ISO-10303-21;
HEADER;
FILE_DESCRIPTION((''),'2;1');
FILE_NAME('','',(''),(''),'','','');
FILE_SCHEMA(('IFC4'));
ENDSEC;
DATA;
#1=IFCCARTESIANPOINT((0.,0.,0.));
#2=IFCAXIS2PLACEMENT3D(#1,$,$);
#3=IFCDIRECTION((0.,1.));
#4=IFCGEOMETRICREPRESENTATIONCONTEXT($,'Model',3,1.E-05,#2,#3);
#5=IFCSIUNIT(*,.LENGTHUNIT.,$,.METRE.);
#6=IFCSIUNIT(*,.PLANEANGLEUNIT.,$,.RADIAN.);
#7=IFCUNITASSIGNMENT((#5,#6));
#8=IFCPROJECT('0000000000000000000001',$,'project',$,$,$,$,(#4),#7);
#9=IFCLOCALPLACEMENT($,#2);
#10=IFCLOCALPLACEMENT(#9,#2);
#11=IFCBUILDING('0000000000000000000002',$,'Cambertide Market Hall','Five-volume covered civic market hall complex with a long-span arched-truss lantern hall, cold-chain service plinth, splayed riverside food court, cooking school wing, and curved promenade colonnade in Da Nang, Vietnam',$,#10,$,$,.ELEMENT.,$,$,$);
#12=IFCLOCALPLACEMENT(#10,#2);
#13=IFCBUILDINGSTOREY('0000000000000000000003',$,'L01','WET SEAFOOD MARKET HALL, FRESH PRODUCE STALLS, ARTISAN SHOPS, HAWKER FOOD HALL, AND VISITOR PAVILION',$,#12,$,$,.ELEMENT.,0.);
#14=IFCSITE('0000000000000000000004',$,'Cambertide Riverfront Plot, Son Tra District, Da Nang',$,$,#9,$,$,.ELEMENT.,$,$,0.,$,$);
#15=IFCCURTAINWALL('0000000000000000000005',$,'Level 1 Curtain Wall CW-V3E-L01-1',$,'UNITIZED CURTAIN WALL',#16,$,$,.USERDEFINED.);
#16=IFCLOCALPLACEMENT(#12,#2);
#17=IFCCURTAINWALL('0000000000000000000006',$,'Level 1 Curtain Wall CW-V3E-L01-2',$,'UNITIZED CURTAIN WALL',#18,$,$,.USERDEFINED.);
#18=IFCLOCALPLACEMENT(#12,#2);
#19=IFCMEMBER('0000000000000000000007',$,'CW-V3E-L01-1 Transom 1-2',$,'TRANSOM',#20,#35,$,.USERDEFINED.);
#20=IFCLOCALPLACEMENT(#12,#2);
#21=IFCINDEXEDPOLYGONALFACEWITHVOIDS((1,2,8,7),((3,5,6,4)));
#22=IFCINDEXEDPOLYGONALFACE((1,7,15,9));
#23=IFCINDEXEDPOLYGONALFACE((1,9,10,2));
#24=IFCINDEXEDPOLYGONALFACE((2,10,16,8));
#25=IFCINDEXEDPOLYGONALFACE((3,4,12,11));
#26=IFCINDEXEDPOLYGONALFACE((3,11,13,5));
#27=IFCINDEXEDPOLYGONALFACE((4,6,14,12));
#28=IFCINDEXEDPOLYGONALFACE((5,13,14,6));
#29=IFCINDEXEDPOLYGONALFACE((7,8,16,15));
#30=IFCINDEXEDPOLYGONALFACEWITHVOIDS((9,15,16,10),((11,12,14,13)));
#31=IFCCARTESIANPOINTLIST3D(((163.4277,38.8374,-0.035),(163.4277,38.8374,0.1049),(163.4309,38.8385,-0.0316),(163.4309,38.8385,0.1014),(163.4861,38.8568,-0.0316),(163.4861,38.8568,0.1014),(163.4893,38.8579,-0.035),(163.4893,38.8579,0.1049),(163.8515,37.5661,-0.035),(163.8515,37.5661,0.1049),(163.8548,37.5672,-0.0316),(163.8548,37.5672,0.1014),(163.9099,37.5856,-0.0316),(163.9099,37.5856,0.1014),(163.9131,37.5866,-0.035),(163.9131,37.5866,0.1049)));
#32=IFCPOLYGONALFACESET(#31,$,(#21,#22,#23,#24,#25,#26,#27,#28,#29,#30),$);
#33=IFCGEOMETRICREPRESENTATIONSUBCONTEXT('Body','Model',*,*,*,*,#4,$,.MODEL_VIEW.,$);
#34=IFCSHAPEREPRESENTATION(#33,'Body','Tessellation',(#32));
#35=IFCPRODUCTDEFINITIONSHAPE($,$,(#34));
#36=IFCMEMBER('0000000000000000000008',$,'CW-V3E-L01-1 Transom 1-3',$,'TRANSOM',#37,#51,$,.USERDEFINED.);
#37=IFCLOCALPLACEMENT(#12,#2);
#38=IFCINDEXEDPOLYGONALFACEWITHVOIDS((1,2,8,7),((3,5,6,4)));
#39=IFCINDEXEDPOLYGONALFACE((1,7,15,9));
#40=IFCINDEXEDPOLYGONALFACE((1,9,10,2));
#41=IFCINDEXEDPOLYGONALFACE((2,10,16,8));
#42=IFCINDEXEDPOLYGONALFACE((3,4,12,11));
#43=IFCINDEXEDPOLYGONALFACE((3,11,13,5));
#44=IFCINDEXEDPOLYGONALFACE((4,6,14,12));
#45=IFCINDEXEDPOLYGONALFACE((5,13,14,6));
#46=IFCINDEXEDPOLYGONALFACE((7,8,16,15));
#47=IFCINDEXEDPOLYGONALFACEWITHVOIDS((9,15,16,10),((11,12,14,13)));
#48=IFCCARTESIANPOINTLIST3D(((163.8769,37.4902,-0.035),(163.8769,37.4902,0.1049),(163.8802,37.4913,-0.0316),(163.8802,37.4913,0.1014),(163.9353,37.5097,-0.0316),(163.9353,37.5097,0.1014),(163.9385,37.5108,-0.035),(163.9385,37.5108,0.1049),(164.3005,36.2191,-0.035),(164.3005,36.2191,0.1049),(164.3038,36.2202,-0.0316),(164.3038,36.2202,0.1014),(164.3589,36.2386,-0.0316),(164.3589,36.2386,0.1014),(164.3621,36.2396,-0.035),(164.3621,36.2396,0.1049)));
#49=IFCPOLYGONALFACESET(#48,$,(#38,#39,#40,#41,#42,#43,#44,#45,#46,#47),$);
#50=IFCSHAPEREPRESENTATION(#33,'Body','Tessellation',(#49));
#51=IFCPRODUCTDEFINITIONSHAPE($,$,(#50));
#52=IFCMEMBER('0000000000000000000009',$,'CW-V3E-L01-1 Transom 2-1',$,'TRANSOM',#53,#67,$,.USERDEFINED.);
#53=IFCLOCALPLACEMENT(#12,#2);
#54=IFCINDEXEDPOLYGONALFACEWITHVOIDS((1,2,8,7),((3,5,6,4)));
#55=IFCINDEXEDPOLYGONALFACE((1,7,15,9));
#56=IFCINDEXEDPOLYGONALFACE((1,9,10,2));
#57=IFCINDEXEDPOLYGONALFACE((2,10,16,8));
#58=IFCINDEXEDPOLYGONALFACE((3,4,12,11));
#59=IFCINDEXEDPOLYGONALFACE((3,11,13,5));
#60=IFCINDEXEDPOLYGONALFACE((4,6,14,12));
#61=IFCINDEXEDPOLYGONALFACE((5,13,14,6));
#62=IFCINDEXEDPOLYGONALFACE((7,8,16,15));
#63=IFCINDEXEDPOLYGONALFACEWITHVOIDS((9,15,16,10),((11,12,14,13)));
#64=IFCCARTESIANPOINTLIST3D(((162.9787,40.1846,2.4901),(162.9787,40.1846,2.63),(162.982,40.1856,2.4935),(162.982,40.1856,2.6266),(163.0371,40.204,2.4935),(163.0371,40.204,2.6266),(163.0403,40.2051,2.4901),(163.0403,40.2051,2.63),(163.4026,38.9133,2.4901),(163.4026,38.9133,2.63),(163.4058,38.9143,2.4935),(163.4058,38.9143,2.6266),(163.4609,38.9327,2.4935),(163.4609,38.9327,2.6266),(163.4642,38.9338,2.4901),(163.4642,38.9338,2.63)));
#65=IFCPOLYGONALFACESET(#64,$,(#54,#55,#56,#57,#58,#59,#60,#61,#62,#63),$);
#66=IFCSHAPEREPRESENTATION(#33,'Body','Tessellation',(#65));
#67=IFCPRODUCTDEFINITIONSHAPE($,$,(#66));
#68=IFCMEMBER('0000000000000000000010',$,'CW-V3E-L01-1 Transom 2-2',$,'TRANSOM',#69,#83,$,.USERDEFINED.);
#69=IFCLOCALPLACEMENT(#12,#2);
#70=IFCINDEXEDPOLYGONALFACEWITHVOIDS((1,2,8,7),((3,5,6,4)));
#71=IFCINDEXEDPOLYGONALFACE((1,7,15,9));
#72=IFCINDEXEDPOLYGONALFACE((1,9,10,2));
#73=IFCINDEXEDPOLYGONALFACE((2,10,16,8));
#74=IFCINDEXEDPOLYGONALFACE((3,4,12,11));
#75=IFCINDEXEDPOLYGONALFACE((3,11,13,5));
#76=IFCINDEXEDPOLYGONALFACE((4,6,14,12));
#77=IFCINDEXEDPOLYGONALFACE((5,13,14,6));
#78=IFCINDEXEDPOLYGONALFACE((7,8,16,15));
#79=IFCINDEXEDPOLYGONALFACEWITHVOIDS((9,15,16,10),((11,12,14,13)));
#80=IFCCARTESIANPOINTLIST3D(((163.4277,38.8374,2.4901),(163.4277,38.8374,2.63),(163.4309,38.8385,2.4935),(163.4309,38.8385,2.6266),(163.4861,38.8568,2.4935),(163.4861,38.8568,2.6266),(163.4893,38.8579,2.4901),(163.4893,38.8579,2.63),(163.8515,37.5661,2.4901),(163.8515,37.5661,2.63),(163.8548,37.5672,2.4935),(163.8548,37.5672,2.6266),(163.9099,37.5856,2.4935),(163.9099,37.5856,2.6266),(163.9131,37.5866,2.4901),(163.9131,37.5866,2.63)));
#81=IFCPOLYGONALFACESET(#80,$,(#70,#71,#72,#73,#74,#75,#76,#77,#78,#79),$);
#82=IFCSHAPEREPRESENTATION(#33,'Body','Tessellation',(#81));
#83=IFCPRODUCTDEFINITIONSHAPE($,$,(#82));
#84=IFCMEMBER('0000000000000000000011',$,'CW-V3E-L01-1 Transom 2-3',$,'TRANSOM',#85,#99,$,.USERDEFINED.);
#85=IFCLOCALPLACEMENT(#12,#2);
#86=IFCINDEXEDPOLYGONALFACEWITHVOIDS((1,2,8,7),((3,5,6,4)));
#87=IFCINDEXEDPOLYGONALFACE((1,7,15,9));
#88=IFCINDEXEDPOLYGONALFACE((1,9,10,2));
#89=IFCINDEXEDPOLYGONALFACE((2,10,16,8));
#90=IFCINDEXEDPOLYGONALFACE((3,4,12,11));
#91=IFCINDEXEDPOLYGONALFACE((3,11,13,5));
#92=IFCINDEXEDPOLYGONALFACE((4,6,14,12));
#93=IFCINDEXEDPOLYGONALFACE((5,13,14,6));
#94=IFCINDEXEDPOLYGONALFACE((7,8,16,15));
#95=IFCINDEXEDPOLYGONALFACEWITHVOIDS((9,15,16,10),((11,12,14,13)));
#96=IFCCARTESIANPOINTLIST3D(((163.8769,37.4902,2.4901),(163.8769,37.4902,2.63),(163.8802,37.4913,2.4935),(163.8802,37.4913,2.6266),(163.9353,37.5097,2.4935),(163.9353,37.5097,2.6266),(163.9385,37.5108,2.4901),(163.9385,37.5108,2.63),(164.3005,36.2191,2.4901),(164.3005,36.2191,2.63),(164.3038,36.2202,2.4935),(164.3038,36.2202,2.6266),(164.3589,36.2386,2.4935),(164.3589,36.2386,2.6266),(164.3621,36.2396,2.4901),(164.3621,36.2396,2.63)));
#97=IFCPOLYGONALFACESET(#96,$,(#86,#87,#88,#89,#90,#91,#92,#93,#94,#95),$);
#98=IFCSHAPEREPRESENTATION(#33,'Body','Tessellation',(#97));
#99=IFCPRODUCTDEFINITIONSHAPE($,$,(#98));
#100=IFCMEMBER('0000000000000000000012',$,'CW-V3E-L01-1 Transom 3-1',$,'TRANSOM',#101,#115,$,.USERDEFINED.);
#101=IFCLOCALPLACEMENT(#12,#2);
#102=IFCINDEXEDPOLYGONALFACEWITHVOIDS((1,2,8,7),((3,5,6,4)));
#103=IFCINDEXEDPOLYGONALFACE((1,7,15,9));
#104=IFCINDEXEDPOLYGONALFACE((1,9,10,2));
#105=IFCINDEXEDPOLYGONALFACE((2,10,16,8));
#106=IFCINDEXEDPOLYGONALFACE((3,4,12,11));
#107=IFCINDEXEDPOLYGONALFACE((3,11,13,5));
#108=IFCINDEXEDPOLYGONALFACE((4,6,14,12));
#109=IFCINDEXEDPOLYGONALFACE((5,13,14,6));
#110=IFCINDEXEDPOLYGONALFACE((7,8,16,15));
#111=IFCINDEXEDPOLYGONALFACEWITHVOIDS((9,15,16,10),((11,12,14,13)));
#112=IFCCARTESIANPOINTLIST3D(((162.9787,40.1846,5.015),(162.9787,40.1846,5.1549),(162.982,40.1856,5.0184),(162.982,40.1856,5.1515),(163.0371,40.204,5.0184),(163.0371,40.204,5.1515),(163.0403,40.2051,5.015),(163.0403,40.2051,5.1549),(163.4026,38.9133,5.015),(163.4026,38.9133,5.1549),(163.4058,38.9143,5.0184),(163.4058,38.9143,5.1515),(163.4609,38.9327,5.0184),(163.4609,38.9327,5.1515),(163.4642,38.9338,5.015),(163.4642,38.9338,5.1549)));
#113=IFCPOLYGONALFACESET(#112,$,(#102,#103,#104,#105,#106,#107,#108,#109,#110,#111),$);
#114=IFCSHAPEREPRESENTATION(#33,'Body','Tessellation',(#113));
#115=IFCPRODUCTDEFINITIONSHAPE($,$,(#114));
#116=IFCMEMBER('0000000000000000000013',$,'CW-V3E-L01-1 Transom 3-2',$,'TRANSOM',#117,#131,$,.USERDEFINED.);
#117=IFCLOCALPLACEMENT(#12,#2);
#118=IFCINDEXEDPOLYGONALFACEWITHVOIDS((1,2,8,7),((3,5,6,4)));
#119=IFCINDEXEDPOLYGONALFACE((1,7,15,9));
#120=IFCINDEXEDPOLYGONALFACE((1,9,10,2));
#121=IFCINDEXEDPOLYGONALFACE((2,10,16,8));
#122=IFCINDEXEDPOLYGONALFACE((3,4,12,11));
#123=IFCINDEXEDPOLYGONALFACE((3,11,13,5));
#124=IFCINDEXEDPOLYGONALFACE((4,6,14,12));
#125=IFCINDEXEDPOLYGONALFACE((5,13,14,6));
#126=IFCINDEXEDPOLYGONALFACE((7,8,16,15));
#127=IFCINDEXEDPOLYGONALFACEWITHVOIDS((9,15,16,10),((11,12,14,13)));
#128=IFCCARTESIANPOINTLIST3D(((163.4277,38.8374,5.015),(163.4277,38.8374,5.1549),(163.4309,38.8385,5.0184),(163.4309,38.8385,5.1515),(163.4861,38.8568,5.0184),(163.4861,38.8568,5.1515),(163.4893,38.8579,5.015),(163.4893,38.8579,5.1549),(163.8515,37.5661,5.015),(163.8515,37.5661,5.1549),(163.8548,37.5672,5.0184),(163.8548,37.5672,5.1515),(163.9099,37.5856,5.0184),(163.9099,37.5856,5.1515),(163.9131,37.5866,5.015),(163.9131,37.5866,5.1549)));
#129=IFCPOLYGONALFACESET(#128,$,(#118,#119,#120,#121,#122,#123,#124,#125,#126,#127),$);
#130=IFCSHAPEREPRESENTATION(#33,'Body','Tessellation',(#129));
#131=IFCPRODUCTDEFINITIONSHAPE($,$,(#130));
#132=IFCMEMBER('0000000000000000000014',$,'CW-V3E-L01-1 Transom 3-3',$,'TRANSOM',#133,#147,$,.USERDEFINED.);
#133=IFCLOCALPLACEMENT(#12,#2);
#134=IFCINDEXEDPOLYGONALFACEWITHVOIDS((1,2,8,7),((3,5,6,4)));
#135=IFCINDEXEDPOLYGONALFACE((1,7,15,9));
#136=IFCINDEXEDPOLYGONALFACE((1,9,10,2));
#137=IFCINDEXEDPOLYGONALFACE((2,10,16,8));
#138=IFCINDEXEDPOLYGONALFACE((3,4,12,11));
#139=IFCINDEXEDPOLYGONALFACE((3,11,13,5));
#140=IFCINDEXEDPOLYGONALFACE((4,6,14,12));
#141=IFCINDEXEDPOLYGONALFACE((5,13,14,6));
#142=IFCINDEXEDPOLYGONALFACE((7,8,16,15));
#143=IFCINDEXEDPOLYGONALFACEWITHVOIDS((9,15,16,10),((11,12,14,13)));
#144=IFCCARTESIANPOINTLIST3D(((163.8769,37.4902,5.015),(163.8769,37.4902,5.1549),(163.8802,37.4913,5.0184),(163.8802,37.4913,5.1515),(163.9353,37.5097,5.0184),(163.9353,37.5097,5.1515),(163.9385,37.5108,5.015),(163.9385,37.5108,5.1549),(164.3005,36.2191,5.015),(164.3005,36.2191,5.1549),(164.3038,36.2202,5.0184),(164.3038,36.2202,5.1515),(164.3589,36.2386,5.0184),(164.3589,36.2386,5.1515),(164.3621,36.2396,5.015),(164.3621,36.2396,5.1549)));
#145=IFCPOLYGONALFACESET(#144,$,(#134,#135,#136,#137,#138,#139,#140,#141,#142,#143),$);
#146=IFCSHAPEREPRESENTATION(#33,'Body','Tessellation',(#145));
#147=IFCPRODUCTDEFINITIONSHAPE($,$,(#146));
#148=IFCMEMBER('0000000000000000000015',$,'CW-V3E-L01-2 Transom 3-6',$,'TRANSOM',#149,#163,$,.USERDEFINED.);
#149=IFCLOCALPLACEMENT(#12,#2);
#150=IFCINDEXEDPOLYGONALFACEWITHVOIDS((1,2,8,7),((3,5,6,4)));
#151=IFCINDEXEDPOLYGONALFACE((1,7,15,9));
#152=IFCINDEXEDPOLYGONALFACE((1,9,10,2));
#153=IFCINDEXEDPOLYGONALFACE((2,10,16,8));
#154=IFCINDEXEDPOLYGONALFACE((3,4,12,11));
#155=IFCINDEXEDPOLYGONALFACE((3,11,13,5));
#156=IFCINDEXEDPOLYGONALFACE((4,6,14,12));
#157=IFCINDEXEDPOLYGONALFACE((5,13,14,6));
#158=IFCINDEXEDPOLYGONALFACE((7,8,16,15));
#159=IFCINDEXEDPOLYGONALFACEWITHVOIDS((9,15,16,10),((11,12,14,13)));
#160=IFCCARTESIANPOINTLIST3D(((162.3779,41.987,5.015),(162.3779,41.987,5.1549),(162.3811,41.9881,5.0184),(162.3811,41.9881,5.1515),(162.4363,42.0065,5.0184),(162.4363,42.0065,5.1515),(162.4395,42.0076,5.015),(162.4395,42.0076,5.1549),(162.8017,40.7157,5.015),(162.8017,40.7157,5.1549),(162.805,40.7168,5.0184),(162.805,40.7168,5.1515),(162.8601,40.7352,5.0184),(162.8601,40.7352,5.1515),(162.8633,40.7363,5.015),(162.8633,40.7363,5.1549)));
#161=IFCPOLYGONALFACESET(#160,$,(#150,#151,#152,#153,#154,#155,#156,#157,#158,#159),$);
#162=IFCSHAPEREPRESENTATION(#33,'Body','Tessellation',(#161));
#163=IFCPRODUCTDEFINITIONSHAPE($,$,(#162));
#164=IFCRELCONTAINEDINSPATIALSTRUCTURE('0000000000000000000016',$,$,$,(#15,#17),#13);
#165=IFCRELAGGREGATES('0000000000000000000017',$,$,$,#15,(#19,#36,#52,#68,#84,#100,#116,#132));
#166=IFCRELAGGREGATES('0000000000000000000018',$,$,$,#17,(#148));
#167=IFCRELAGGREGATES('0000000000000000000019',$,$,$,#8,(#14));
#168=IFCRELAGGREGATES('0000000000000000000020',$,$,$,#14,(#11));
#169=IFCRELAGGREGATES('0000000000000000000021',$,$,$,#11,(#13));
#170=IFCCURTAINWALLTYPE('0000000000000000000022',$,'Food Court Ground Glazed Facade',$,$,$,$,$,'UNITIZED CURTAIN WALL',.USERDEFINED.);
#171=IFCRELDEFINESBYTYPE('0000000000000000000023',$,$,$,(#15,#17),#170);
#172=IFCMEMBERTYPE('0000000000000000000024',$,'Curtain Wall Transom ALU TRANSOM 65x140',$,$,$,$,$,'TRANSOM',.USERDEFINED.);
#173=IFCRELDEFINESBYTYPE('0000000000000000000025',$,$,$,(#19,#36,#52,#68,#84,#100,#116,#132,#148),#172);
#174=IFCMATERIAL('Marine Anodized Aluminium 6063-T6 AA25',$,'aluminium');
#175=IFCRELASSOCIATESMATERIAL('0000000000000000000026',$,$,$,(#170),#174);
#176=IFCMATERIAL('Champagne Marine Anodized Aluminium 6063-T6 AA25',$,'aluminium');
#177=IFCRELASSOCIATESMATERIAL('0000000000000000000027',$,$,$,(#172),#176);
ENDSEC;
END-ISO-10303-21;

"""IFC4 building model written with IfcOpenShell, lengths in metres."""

from ifc_helpers import new_model, si_unit, direction, frame, origin, origin_2d, place, context, subcontext, project, spatial, hollow_rectangle, extrude, material, material_profile, profile_set, type_object, element, aggregate, save


model = new_model("IFC4")

# Units and contexts
model_context = context("Model", 3, precision=1e-05, world=origin(), true_north=direction((0.0, 1.0)))
body_context = subcontext(model_context, "Body", "Model", "MODEL_VIEW")
ifc_project = project(units=[si_unit("LENGTHUNIT", "METRE"), si_unit("PLANEANGLEUNIT", "RADIAN")], contexts=[model_context])

# Site, building, storey
site_placement = place(None, origin())
site = spatial("IfcSite", under=ifc_project, at=site_placement, Name="Cambertide Riverfront Plot, Son Tra District, Da Nang", CompositionType="ELEMENT", RefElevation=0.0)
building_placement = place(site_placement, origin())
building = spatial("IfcBuilding", under=site, at=building_placement, Name="Cambertide Market Hall", Description="Five-volume covered civic market hall complex with a long-span arched-truss lantern hall, cold-chain service plinth, splayed riverside food court, cooking school wing, and curved promenade colonnade in Da Nang, Vietnam", CompositionType="ELEMENT")
storey_placement = place(building_placement, origin())
storey = spatial("IfcBuildingStorey", under=building, at=storey_placement, Name="L01", Description="WET SEAFOOD MARKET HALL, FRESH PRODUCE STALLS, ARTISAN SHOPS, HAWKER FOOD HALL, AND VISITOR PAVILION", CompositionType="ELEMENT", Elevation=0.0)

# Curtain wall
ifc_material_1 = material(Name="Marine Anodized Aluminium 6063-T6 AA25", Category="aluminium")
curtain_wall_type = type_object("IfcCurtainWallType", Name="Food Court Ground Glazed Facade", ElementType="UNITIZED CURTAIN WALL", PredefinedType="USERDEFINED", material=ifc_material_1)
curtain_wall_1_placement = place(storey_placement, origin())
curtain_wall_1 = element("IfcCurtainWall", 1, at=curtain_wall_1_placement, inside=storey, type_object=curtain_wall_type, Name="Level 1 Curtain Wall CW-V3E-L01-1", ObjectType="UNITIZED CURTAIN WALL", PredefinedType="USERDEFINED")

# Curtain wall
curtain_wall_2_placement = place(storey_placement, origin())
curtain_wall_2 = element("IfcCurtainWall", 2, at=curtain_wall_2_placement, inside=storey, type_object=curtain_wall_type, Name="Level 1 Curtain Wall CW-V3E-L01-2", ObjectType="UNITIZED CURTAIN WALL", PredefinedType="USERDEFINED")

# Members
ifc_material_2 = material(Name="Champagne Marine Anodized Aluminium 6063-T6 AA25", Category="aluminium")
ifc_material_profile_1 = material_profile(ifc_material_2, hollow_rectangle(XDim=0.0649, YDim=0.1399, WallThickness=0.0034, at=origin_2d()), Name="ALU TRANSOM 65x140")
ifc_profile_set_1 = profile_set([ifc_material_profile_1], Name="Champagne Marine Anodized Aluminium 6063-T6 AA25")
member_type_1 = type_object("IfcMemberType", Name="Curtain Wall Transom ALU TRANSOM 65x140", ElementType="TRANSOM", PredefinedType="USERDEFINED", material=ifc_profile_set_1)
member_1_placement = place(storey_placement, frame((163.4585, 38.8477, 0.0349), z_axis=(0.316282, -0.948665, 0.0), x_axis=(0.948665, 0.316282, 0.0)))
member_1 = element("IfcMember", 3, at=member_1_placement, type_object=member_type_1, Name="CW-V3E-L01-1 Transom 1-2", ObjectType="TRANSOM", PredefinedType="USERDEFINED", context=body_context, shape_type="SweptSolid", body=[
    extrude(hollow_rectangle(XDim=0.0649, YDim=0.1399, WallThickness=0.0034, at=origin_2d()), origin(), (0.0, 0.0, 1.0), 1.3401),
])
member_2_placement = place(storey_placement, frame((163.9077, 37.5005, 0.0349), z_axis=(0.316173, -0.948702, 0.0), x_axis=(0.948702, 0.316173, 0.0)))
member_2 = element("IfcMember", 4, at=member_2_placement, type_object=member_type_1, Name="CW-V3E-L01-1 Transom 1-3", ObjectType="TRANSOM", PredefinedType="USERDEFINED", context=body_context, shape_type="SweptSolid", body=[
    extrude(hollow_rectangle(XDim=0.0649, YDim=0.1399, WallThickness=0.0034, at=origin_2d()), origin(), (0.0, 0.0, 1.0), 1.3398),
])
member_3_placement = place(storey_placement, frame((163.0095, 40.1948, 2.5601), z_axis=(0.316282, -0.948665, 0.0), x_axis=(0.948665, 0.316282, 0.0)))
member_3 = element("IfcMember", 5, at=member_3_placement, type_object=member_type_1, Name="CW-V3E-L01-1 Transom 2-1", ObjectType="TRANSOM", PredefinedType="USERDEFINED", context=body_context, shape_type="SweptSolid", body=[
    extrude(hollow_rectangle(XDim=0.0649, YDim=0.1399, WallThickness=0.0034, at=origin_2d()), origin(), (0.0, 0.0, 1.0), 1.3401),
])
member_4_placement = place(storey_placement, frame((163.4585, 38.8477, 2.5601), z_axis=(0.316282, -0.948665, 0.0), x_axis=(0.948665, 0.316282, 0.0)))
member_4 = element("IfcMember", 6, at=member_4_placement, type_object=member_type_1, Name="CW-V3E-L01-1 Transom 2-2", ObjectType="TRANSOM", PredefinedType="USERDEFINED", context=body_context, shape_type="SweptSolid", body=[
    extrude(hollow_rectangle(XDim=0.0649, YDim=0.1399, WallThickness=0.0034, at=origin_2d()), origin(), (0.0, 0.0, 1.0), 1.3401),
])
member_5_placement = place(storey_placement, frame((163.9077, 37.5005, 2.5601), z_axis=(0.316173, -0.948702, 0.0), x_axis=(0.948702, 0.316173, 0.0)))
member_5 = element("IfcMember", 7, at=member_5_placement, type_object=member_type_1, Name="CW-V3E-L01-1 Transom 2-3", ObjectType="TRANSOM", PredefinedType="USERDEFINED", context=body_context, shape_type="SweptSolid", body=[
    extrude(hollow_rectangle(XDim=0.0649, YDim=0.1399, WallThickness=0.0034, at=origin_2d()), origin(), (0.0, 0.0, 1.0), 1.3398),
])
member_6_placement = place(storey_placement, frame((163.0095, 40.1948, 5.085), z_axis=(0.316282, -0.948665, 0.0), x_axis=(0.948665, 0.316282, 0.0)))
member_6 = element("IfcMember", 8, at=member_6_placement, type_object=member_type_1, Name="CW-V3E-L01-1 Transom 3-1", ObjectType="TRANSOM", PredefinedType="USERDEFINED", context=body_context, shape_type="SweptSolid", body=[
    extrude(hollow_rectangle(XDim=0.0649, YDim=0.1399, WallThickness=0.0034, at=origin_2d()), origin(), (0.0, 0.0, 1.0), 1.3401),
])
member_7_placement = place(storey_placement, frame((163.4585, 38.8477, 5.085), z_axis=(0.316282, -0.948665, 0.0), x_axis=(0.948665, 0.316282, 0.0)))
member_7 = element("IfcMember", 9, at=member_7_placement, type_object=member_type_1, Name="CW-V3E-L01-1 Transom 3-2", ObjectType="TRANSOM", PredefinedType="USERDEFINED", context=body_context, shape_type="SweptSolid", body=[
    extrude(hollow_rectangle(XDim=0.0649, YDim=0.1399, WallThickness=0.0034, at=origin_2d()), origin(), (0.0, 0.0, 1.0), 1.3401),
])
member_8_placement = place(storey_placement, frame((163.9077, 37.5005, 5.085), z_axis=(0.316173, -0.948702, 0.0), x_axis=(0.948702, 0.316173, 0.0)))
member_8 = element("IfcMember", 10, at=member_8_placement, type_object=member_type_1, Name="CW-V3E-L01-1 Transom 3-3", ObjectType="TRANSOM", PredefinedType="USERDEFINED", context=body_context, shape_type="SweptSolid", body=[
    extrude(hollow_rectangle(XDim=0.0649, YDim=0.1399, WallThickness=0.0034, at=origin_2d()), origin(), (0.0, 0.0, 1.0), 1.3398),
])
member_9_placement = place(storey_placement, frame((162.4087, 41.9973, 5.085), z_axis=(0.316282, -0.948665, 0.0), x_axis=(0.948665, 0.316282, 0.0)))
member_9 = element("IfcMember", 11, at=member_9_placement, type_object=member_type_1, Name="CW-V3E-L01-2 Transom 3-6", ObjectType="TRANSOM", PredefinedType="USERDEFINED", context=body_context, shape_type="SweptSolid", body=[
    extrude(hollow_rectangle(XDim=0.0649, YDim=0.1399, WallThickness=0.0034, at=origin_2d()), origin(), (0.0, 0.0, 1.0), 1.3401),
])

aggregate(curtain_wall_1, [member_1, member_2, member_3, member_4, member_5, member_6, member_7, member_8])
aggregate(curtain_wall_2, [member_9])

save(model, "model.ifc")
